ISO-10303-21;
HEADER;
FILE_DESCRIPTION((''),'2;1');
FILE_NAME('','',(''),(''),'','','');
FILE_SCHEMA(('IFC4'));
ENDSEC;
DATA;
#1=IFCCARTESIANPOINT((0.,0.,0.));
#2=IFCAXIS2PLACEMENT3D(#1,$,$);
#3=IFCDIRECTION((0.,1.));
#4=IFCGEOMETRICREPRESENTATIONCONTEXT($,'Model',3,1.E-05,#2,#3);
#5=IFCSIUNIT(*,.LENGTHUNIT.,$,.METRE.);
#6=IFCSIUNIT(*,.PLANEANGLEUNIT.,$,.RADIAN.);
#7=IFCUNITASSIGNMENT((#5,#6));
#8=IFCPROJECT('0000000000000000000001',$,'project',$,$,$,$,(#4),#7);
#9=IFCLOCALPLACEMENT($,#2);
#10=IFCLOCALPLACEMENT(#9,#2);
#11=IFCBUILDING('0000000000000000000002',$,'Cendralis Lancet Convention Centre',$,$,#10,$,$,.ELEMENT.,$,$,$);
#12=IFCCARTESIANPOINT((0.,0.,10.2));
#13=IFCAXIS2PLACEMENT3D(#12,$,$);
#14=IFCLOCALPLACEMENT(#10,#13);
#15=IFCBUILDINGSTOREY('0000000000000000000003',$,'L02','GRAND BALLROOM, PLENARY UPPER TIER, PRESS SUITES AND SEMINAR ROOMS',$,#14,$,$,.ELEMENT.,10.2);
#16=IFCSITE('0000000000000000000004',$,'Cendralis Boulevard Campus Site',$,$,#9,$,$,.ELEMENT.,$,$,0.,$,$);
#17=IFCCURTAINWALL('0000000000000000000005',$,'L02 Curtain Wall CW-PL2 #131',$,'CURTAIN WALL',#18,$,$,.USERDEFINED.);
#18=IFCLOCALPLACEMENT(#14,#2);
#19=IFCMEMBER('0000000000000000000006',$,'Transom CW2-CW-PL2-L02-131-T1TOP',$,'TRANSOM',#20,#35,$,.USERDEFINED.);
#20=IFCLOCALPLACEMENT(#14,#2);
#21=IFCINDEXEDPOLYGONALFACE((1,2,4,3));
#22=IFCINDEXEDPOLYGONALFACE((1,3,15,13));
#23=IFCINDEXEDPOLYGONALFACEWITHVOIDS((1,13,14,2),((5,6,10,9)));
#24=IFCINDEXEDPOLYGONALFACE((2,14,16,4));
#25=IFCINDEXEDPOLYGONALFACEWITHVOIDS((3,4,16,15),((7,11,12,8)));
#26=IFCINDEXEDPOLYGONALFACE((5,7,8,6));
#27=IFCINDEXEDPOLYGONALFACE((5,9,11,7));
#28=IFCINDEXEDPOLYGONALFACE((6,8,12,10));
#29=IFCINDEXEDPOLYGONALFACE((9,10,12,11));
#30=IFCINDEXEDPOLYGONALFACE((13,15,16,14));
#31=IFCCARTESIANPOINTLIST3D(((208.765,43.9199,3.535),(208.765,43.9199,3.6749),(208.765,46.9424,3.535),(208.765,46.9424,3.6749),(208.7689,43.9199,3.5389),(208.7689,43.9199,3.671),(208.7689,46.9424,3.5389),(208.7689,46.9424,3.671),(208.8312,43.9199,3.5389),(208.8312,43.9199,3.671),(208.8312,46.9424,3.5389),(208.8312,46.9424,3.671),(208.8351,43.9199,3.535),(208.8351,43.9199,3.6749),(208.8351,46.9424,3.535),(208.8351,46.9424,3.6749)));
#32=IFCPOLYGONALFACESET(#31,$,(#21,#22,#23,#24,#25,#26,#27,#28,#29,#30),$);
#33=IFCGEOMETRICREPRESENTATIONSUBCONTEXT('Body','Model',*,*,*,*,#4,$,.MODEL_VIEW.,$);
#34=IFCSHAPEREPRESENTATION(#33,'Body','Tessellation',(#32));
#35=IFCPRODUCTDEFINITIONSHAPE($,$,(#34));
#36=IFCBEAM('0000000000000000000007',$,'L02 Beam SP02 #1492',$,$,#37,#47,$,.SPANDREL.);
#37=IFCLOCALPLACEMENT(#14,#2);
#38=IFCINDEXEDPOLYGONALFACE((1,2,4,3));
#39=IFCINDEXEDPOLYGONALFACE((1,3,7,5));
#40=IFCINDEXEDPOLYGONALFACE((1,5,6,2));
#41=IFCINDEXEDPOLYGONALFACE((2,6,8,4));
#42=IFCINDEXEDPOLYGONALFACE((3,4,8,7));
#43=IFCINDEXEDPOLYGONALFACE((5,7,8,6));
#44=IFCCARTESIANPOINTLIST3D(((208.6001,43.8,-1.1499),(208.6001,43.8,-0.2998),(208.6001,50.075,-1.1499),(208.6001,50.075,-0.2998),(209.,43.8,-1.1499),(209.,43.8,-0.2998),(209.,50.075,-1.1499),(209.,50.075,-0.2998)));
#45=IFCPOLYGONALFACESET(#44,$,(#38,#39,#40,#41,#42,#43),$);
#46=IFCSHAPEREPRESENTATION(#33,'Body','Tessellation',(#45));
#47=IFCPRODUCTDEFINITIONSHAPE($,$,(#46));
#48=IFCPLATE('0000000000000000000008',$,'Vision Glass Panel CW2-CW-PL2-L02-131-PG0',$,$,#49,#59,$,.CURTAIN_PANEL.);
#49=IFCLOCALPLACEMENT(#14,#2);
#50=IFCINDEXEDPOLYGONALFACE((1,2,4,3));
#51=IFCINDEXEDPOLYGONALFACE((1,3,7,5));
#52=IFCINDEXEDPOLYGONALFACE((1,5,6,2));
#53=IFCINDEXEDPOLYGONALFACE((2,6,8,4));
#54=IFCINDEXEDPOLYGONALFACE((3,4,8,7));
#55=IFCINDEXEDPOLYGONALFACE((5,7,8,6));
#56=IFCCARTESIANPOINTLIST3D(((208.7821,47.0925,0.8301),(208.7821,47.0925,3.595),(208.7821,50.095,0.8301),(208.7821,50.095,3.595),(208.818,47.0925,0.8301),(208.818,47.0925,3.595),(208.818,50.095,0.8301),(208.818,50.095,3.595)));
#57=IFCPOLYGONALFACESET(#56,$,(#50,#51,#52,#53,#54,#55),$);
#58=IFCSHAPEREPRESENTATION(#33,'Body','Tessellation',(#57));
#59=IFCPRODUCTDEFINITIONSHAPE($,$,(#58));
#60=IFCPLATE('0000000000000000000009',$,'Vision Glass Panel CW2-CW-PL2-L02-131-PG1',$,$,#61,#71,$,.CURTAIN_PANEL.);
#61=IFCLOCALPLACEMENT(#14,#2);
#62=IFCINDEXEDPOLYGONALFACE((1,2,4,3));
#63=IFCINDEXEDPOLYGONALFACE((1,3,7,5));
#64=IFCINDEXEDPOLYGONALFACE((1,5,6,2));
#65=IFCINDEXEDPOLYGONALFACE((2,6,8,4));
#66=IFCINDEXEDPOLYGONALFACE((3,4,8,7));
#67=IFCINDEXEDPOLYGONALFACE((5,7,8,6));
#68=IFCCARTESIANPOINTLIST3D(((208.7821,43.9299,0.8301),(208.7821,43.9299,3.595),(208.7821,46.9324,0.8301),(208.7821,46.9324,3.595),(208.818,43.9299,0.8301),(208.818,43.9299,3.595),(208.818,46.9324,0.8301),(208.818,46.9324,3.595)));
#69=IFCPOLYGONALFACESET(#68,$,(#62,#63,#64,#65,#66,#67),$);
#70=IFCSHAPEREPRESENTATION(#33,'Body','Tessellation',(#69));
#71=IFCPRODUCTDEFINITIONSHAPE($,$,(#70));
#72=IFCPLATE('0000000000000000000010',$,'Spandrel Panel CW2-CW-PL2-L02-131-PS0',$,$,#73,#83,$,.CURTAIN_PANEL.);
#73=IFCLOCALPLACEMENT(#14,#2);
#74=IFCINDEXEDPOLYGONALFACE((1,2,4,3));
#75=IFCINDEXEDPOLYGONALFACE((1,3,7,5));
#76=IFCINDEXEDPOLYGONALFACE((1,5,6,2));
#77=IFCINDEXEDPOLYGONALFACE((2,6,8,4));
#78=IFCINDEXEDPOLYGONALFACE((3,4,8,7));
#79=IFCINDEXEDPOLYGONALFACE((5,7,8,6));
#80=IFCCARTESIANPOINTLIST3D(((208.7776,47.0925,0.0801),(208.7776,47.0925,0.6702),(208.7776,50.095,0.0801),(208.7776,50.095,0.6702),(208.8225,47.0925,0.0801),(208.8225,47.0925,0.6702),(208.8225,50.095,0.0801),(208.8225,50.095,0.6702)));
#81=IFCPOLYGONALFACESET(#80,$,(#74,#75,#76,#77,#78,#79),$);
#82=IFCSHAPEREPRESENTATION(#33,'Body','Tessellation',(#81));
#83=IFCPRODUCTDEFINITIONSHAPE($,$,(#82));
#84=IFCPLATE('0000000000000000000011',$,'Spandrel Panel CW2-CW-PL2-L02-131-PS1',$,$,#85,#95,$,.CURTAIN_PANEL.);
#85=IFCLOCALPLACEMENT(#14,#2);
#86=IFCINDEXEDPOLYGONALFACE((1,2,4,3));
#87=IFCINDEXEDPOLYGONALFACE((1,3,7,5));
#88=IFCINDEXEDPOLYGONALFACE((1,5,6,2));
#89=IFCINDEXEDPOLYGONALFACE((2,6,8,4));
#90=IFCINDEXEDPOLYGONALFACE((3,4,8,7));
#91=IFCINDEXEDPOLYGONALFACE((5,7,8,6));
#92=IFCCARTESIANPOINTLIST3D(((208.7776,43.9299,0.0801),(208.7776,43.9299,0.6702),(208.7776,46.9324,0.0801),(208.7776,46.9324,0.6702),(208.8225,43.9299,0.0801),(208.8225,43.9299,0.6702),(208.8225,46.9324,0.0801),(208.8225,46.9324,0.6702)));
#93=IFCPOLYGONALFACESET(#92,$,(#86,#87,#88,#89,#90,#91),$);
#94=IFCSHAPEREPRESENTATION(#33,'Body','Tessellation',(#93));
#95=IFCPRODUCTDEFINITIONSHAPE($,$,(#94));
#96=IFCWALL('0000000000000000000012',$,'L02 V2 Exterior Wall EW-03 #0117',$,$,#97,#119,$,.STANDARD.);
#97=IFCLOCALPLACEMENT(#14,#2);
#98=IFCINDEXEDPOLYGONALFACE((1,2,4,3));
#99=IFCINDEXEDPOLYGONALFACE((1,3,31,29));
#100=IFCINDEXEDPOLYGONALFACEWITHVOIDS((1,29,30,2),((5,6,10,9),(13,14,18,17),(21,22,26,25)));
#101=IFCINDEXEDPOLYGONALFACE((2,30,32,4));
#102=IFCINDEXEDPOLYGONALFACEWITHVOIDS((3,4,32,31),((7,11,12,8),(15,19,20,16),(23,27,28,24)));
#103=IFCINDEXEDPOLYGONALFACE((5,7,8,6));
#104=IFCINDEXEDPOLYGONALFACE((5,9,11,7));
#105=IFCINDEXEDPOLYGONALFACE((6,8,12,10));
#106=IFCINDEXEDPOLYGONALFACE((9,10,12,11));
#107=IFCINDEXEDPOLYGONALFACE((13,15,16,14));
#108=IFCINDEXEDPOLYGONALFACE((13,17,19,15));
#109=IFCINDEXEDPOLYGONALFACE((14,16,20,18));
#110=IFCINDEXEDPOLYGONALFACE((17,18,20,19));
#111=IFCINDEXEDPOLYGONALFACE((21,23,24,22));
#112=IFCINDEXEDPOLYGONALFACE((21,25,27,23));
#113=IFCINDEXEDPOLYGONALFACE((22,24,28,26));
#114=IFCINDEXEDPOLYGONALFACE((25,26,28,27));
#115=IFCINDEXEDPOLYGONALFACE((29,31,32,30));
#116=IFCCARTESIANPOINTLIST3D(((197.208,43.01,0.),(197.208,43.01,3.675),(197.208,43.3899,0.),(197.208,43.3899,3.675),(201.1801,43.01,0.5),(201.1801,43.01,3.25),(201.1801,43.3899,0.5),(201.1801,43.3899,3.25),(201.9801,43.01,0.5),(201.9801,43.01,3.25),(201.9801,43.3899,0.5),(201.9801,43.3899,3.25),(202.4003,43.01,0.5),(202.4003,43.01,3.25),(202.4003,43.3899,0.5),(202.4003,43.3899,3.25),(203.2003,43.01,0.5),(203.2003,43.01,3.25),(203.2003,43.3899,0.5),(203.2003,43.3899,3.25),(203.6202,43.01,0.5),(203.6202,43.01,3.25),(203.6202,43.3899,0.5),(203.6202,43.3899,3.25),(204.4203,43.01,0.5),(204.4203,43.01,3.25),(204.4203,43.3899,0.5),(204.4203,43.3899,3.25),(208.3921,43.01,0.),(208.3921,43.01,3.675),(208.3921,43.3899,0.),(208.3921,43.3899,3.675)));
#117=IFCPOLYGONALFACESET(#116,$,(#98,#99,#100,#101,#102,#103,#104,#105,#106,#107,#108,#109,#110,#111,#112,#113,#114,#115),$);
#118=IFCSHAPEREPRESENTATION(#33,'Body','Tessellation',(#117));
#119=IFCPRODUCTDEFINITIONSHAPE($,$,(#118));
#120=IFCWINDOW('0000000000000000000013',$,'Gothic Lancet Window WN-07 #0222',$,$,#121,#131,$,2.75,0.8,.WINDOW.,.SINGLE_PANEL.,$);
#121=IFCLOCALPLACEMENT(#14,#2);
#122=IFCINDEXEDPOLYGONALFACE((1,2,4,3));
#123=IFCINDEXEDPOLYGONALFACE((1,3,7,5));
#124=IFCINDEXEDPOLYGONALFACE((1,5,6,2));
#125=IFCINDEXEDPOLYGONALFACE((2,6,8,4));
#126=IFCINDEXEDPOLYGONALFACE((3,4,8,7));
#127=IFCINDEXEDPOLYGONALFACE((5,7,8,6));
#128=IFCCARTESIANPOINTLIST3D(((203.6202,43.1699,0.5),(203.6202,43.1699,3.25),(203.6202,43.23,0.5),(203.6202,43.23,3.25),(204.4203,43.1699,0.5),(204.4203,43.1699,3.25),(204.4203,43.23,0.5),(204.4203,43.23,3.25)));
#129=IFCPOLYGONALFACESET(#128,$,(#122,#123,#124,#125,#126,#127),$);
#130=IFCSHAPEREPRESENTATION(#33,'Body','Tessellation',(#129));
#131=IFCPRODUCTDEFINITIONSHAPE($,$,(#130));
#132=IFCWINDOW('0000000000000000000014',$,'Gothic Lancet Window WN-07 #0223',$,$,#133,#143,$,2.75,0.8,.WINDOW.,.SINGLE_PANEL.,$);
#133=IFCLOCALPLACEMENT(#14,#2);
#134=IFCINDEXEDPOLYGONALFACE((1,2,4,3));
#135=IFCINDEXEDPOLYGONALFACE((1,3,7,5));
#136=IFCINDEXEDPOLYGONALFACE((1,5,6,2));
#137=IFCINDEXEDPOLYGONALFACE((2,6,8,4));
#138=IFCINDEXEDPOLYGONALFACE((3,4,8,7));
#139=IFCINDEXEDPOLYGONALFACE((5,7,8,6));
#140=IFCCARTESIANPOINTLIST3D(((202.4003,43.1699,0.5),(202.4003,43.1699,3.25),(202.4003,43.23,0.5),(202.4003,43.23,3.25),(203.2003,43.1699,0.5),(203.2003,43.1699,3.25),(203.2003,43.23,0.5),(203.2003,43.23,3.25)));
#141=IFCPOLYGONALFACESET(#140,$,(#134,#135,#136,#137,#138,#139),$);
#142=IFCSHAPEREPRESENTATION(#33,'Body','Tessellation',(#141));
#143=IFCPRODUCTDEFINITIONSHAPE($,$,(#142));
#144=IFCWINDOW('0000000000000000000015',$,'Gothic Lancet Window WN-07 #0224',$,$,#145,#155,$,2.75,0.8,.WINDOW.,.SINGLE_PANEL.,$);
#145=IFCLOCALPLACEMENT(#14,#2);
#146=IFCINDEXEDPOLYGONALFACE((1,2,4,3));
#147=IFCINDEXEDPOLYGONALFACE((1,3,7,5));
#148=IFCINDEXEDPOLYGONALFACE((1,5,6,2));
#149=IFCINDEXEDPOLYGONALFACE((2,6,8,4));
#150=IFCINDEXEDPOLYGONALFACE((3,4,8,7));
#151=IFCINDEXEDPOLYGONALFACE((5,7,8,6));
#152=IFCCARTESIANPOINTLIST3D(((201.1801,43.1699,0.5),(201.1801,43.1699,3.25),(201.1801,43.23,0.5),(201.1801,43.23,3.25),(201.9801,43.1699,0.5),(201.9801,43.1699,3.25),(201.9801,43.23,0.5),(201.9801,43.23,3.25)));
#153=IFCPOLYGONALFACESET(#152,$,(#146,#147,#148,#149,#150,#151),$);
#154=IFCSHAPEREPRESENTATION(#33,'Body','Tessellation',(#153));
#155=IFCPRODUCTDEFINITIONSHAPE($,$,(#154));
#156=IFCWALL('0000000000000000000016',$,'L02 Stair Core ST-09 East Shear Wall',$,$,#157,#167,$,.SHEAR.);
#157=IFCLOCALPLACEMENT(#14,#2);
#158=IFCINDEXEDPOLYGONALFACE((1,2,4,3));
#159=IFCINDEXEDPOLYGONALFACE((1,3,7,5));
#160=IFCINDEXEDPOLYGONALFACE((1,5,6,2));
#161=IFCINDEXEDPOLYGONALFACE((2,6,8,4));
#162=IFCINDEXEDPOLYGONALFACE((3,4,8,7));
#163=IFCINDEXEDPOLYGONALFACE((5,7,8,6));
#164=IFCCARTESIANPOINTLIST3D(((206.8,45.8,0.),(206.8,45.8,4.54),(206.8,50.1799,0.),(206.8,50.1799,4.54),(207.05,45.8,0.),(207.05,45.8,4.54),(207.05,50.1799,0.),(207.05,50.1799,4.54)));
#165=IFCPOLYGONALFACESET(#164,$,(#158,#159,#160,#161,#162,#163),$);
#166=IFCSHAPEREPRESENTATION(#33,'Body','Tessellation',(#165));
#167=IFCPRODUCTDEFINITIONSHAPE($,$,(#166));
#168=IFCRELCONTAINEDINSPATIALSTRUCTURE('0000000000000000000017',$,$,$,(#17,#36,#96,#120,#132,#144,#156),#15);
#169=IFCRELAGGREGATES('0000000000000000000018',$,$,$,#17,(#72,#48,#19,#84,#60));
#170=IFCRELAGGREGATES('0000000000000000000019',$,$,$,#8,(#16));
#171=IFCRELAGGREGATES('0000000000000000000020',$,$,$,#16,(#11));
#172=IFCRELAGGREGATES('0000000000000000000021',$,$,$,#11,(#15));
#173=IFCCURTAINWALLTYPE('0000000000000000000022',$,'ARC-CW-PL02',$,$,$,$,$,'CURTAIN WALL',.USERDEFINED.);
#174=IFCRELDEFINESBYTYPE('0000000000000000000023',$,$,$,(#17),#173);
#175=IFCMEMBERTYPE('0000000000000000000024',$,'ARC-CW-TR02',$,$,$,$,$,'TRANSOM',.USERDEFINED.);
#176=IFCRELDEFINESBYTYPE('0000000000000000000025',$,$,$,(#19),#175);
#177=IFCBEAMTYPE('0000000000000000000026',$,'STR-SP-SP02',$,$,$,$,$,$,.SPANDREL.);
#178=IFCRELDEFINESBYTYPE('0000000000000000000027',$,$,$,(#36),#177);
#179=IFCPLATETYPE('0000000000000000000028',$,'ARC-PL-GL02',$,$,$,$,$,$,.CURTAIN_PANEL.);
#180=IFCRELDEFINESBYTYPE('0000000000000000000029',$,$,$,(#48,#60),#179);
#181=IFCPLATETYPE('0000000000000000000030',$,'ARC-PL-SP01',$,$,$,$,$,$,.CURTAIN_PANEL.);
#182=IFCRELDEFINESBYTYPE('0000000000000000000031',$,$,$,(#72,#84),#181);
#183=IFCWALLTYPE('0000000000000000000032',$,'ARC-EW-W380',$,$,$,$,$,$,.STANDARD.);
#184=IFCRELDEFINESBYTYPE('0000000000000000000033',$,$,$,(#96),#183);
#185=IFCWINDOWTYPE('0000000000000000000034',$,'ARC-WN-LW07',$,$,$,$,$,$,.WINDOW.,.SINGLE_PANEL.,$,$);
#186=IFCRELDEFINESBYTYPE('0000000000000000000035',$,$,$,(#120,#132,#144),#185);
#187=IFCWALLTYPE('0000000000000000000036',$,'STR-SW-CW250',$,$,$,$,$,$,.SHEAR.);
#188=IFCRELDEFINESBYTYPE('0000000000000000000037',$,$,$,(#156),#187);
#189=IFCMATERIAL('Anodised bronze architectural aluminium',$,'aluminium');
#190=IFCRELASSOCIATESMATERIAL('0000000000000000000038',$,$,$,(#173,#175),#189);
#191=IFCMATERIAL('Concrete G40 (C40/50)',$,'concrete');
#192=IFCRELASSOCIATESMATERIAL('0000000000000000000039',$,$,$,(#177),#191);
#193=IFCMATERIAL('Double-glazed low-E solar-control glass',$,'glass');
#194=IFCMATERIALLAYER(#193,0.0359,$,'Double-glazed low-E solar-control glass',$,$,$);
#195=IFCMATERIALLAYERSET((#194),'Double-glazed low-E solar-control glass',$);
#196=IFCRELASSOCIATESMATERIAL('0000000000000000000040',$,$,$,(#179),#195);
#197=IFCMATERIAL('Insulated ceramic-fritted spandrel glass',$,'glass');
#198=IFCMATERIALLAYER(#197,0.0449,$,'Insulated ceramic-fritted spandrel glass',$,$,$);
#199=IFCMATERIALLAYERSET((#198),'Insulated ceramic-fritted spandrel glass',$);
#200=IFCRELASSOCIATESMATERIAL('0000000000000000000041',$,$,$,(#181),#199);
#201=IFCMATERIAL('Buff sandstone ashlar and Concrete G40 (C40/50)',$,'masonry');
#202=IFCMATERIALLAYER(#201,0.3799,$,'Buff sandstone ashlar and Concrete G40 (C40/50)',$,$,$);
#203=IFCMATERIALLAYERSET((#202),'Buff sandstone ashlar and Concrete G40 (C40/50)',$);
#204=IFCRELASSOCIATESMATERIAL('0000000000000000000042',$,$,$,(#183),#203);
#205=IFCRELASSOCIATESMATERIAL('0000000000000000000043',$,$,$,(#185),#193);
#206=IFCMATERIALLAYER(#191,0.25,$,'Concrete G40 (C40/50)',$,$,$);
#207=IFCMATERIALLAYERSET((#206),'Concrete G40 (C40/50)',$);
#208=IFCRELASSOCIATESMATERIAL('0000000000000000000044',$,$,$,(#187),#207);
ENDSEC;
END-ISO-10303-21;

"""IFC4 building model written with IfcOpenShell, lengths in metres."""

from ifc_helpers import new_model, si_unit, direction, frame, frame_2d, origin, origin_2d, place, context, subcontext, project, spatial, rectangle, hollow_rectangle, extrude, material, layer, layer_set, material_profile, profile_set, type_object, element, fill, aggregate, save


model = new_model("IFC4")

# Units and contexts
model_context = context("Model", 3, precision=1e-05, world=origin(), true_north=direction((0.0, 1.0)))
body_context = subcontext(model_context, "Body", "Model", "MODEL_VIEW")
ifc_project = project(units=[si_unit("LENGTHUNIT", "METRE"), si_unit("PLANEANGLEUNIT", "RADIAN")], contexts=[model_context])

# Site, building, storey
site_placement = place(None, origin())
site = spatial("IfcSite", under=ifc_project, at=site_placement, Name="Cendralis Boulevard Campus Site", CompositionType="ELEMENT", RefElevation=0.0)
building_placement = place(site_placement, origin())
building = spatial("IfcBuilding", under=site, at=building_placement, Name="Cendralis Lancet Convention Centre", CompositionType="ELEMENT")
storey_placement = place(building_placement, frame((0.0, 0.0, 10.2)))
storey = spatial("IfcBuildingStorey", under=building, at=storey_placement, Name="L02", Description="GRAND BALLROOM, PLENARY UPPER TIER, PRESS SUITES AND SEMINAR ROOMS", CompositionType="ELEMENT", Elevation=10.2)

# Shared definitions
ifc_material_1 = material(Name="Concrete G40 (C40/50)", Category="concrete")

# Curtain wall, member
ifc_material_2 = material(Name="Anodised bronze architectural aluminium", Category="aluminium")
curtain_wall_type = type_object("IfcCurtainWallType", Name="ARC-CW-PL02", ElementType="CURTAIN WALL", PredefinedType="USERDEFINED", material=ifc_material_2)
curtain_wall_placement = place(storey_placement, origin())
curtain_wall = element("IfcCurtainWall", 1, at=curtain_wall_placement, inside=storey, type_object=curtain_wall_type, Name="L02 Curtain Wall CW-PL2 #131", ObjectType="CURTAIN WALL", PredefinedType="USERDEFINED")
ifc_material_profile_1 = material_profile(ifc_material_2, hollow_rectangle(XDim=0.0701, YDim=0.1399, WallThickness=0.0039, at=origin_2d()), Name="AL-TRAN 70x140x4.0")
ifc_profile_set_1 = profile_set([ifc_material_profile_1], Name="Anodised bronze architectural aluminium")
member_type_1 = type_object("IfcMemberType", Name="ARC-CW-TR02", ElementType="TRANSOM", PredefinedType="USERDEFINED", material=ifc_profile_set_1)
member_1_placement = place(storey_placement, frame((208.8, 46.9424, 3.605), z_axis=(0.0, -1.0, 0.0), x_axis=(1.0, 0.0, 0.0)))
member_1 = element("IfcMember", 2, at=member_1_placement, type_object=member_type_1, Name="Transom CW2-CW-PL2-L02-131-T1TOP", ObjectType="TRANSOM", PredefinedType="USERDEFINED", context=body_context, shape_type="SweptSolid", body=[
    extrude(hollow_rectangle(XDim=0.0701, YDim=0.1399, WallThickness=0.0039, at=origin_2d()), origin(), (0.0, 0.0, 1.0), 3.0225),
])

# Beam
ifc_material_profile_2 = material_profile(ifc_material_1, rectangle(XDim=0.3999, YDim=0.8501, at=origin_2d()), Name="RCB 400x850")
ifc_profile_set_2 = profile_set([ifc_material_profile_2], Name="Concrete G40 (C40/50)")
beam_type = type_object("IfcBeamType", Name="STR-SP-SP02", PredefinedType="SPANDREL", material=ifc_profile_set_2)
beam_placement = place(storey_placement, frame((208.8, 43.8, -0.7249), z_axis=(0.0, 1.0, 0.0), x_axis=(-1.0, 0.0, 0.0)))
element("IfcBeam", 3, at=beam_placement, inside=storey, type_object=beam_type, Name="L02 Beam SP02 #1492", PredefinedType="SPANDREL", context=body_context, shape_type="SweptSolid", body=[
    extrude(rectangle(XDim=0.3999, YDim=0.8501, at=origin_2d()), origin(), (0.0, 0.0, 1.0), 6.2749),
])

# Plates
ifc_material_3 = material(Name="Double-glazed low-E solar-control glass", Category="glass")
ifc_layer_1 = layer(ifc_material_3, 0.0359, Name="Double-glazed low-E solar-control glass")
ifc_layer_set_1 = layer_set([ifc_layer_1], Name="Double-glazed low-E solar-control glass")
plate_type_1 = type_object("IfcPlateType", Name="ARC-PL-GL02", PredefinedType="CURTAIN_PANEL", material=ifc_layer_set_1)
plate_1_placement = place(storey_placement, frame((208.8, 48.5938, 0.8301), z_axis=(0.0, 0.0, 1.0), x_axis=(0.0, -1.0, 0.0)))
plate_1 = element("IfcPlate", 4, at=plate_1_placement, type_object=plate_type_1, Name="Vision Glass Panel CW2-CW-PL2-L02-131-PG0", PredefinedType="CURTAIN_PANEL", context=body_context, shape_type="SweptSolid", body=[
    extrude(rectangle(XDim=3.0024, YDim=0.0359, at=origin_2d()), origin(), (0.0, 0.0, 1.0), 2.7649),
])
plate_2_placement = place(storey_placement, frame((208.8, 45.4312, 0.8301), z_axis=(0.0, 0.0, 1.0), x_axis=(0.0, -1.0, 0.0)))
plate_2 = element("IfcPlate", 5, at=plate_2_placement, type_object=plate_type_1, Name="Vision Glass Panel CW2-CW-PL2-L02-131-PG1", PredefinedType="CURTAIN_PANEL", context=body_context, shape_type="SweptSolid", body=[
    extrude(rectangle(XDim=3.0024, YDim=0.0359, at=origin_2d()), origin(), (0.0, 0.0, 1.0), 2.7649),
])
ifc_material_4 = material(Name="Insulated ceramic-fritted spandrel glass", Category="glass")
ifc_layer_2 = layer(ifc_material_4, 0.0449, Name="Insulated ceramic-fritted spandrel glass")
ifc_layer_set_2 = layer_set([ifc_layer_2], Name="Insulated ceramic-fritted spandrel glass")
plate_type_2 = type_object("IfcPlateType", Name="ARC-PL-SP01", PredefinedType="CURTAIN_PANEL", material=ifc_layer_set_2)
plate_3_placement = place(storey_placement, frame((208.8, 48.5938, 0.0801), z_axis=(0.0, 0.0, 1.0), x_axis=(0.0, -1.0, 0.0)))
plate_3 = element("IfcPlate", 6, at=plate_3_placement, type_object=plate_type_2, Name="Spandrel Panel CW2-CW-PL2-L02-131-PS0", PredefinedType="CURTAIN_PANEL", context=body_context, shape_type="SweptSolid", body=[
    extrude(rectangle(XDim=3.0024, YDim=0.0449, at=origin_2d()), origin(), (0.0, 0.0, 1.0), 0.5901),
])
plate_4_placement = place(storey_placement, frame((208.8, 45.4312, 0.0801), z_axis=(0.0, 0.0, 1.0), x_axis=(0.0, -1.0, 0.0)))
plate_4 = element("IfcPlate", 7, at=plate_4_placement, type_object=plate_type_2, Name="Spandrel Panel CW2-CW-PL2-L02-131-PS1", PredefinedType="CURTAIN_PANEL", context=body_context, shape_type="SweptSolid", body=[
    extrude(rectangle(XDim=3.0024, YDim=0.0449, at=origin_2d()), origin(), (0.0, 0.0, 1.0), 0.5901),
])
aggregate(curtain_wall, [plate_3, plate_1, member_1, plate_4, plate_2])

# Wall, openings, windows
ifc_material_5 = material(Name="Buff sandstone ashlar and Concrete G40 (C40/50)", Category="masonry")
ifc_layer_3 = layer(ifc_material_5, 0.3799, Name="Buff sandstone ashlar and Concrete G40 (C40/50)")
ifc_layer_set_3 = layer_set([ifc_layer_3], Name="Buff sandstone ashlar and Concrete G40 (C40/50)")
wall_type_1 = type_object("IfcWallType", Name="ARC-EW-W380", PredefinedType="STANDARD", material=ifc_layer_set_3)
wall_1_placement = place(storey_placement, frame((208.3921, 43.2, 0.0), z_axis=(0.0, 0.0, 1.0), x_axis=(-1.0, 0.0, 0.0)))
wall_1 = element("IfcWall", 8, at=wall_1_placement, inside=storey, type_object=wall_type_1, Name="L02 V2 Exterior Wall EW-03 #0117", PredefinedType="STANDARD", context=body_context, shape_type="SweptSolid", body=[
    extrude(rectangle(XDim=11.1841, YDim=0.3799, at=frame_2d((5.592, 0.0))), origin(), (0.0, 0.0, 1.0), 3.675),
])
opening_1_placement = place(wall_1_placement, frame((3.9719, 0.0, 0.5)))
opening_1 = element("IfcOpeningElement", 9, at=opening_1_placement, cuts=wall_1, PredefinedType="OPENING", context=body_context, shape_type="SweptSolid", body=[
    extrude(rectangle(XDim=0.8, YDim=2.75, at=frame_2d((0.3999, 1.375))), frame((0.0, 0.2, 0.0), z_axis=(0.0, -1.0, 0.0), x_axis=(1.0, 0.0, 0.0)), (0.0, 0.0, 1.0), 0.3999),
])
opening_2_placement = place(wall_1_placement, frame((5.1919, 0.0, 0.5)))
opening_2 = element("IfcOpeningElement", 10, at=opening_2_placement, cuts=wall_1, PredefinedType="OPENING", context=body_context, shape_type="SweptSolid", body=[
    extrude(rectangle(XDim=0.8, YDim=2.75, at=frame_2d((0.3999, 1.375))), frame((0.0, 0.2, 0.0), z_axis=(0.0, -1.0, 0.0), x_axis=(1.0, 0.0, 0.0)), (0.0, 0.0, 1.0), 0.3999),
])
opening_3_placement = place(wall_1_placement, frame((6.4121, 0.0, 0.5)))
opening_3 = element("IfcOpeningElement", 11, at=opening_3_placement, cuts=wall_1, PredefinedType="OPENING", context=body_context, shape_type="SweptSolid", body=[
    extrude(rectangle(XDim=0.8, YDim=2.75, at=frame_2d((0.3999, 1.375))), frame((0.0, 0.2, 0.0), z_axis=(0.0, -1.0, 0.0), x_axis=(1.0, 0.0, 0.0)), (0.0, 0.0, 1.0), 0.3999),
])
window_type = type_object("IfcWindowType", Name="ARC-WN-LW07", PartitioningType="SINGLE_PANEL", PredefinedType="WINDOW", material=ifc_material_3)
window_1_placement = place(opening_1_placement, origin())
window_1 = element("IfcWindow", 12, at=window_1_placement, inside=storey, type_object=window_type, Name="Gothic Lancet Window WN-07 #0222", OverallHeight=2.75, OverallWidth=0.8, PartitioningType="SINGLE_PANEL", PredefinedType="WINDOW", context=body_context, shape_type="SweptSolid", body=[
    extrude(rectangle(XDim=0.8, YDim=2.75, at=frame_2d((0.3999, 1.375))), frame((0.0, 0.03, 0.0), z_axis=(0.0, -1.0, 0.0), x_axis=(1.0, 0.0, 0.0)), (0.0, 0.0, 1.0), 0.0601),
])
fill(opening_1, window_1)
window_2_placement = place(opening_2_placement, origin())
window_2 = element("IfcWindow", 13, at=window_2_placement, inside=storey, type_object=window_type, Name="Gothic Lancet Window WN-07 #0223", OverallHeight=2.75, OverallWidth=0.8, PartitioningType="SINGLE_PANEL", PredefinedType="WINDOW", context=body_context, shape_type="SweptSolid", body=[
    extrude(rectangle(XDim=0.8, YDim=2.75, at=frame_2d((0.3999, 1.375))), frame((0.0, 0.03, 0.0), z_axis=(0.0, -1.0, 0.0), x_axis=(1.0, 0.0, 0.0)), (0.0, 0.0, 1.0), 0.0601),
])
fill(opening_2, window_2)
window_3_placement = place(opening_3_placement, origin())
window_3 = element("IfcWindow", 14, at=window_3_placement, inside=storey, type_object=window_type, Name="Gothic Lancet Window WN-07 #0224", OverallHeight=2.75, OverallWidth=0.8, PartitioningType="SINGLE_PANEL", PredefinedType="WINDOW", context=body_context, shape_type="SweptSolid", body=[
    extrude(rectangle(XDim=0.8, YDim=2.75, at=frame_2d((0.3999, 1.375))), frame((0.0, 0.03, 0.0), z_axis=(0.0, -1.0, 0.0), x_axis=(1.0, 0.0, 0.0)), (0.0, 0.0, 1.0), 0.0601),
])
fill(opening_3, window_3)

# Wall
ifc_layer_4 = layer(ifc_material_1, 0.25, Name="Concrete G40 (C40/50)")
ifc_layer_set_4 = layer_set([ifc_layer_4], Name="Concrete G40 (C40/50)")
wall_type_2 = type_object("IfcWallType", Name="STR-SW-CW250", PredefinedType="SHEAR", material=ifc_layer_set_4)
wall_2_placement = place(storey_placement, frame((206.925, 45.8, 0.0), z_axis=(0.0, 0.0, 1.0), x_axis=(0.0, 1.0, 0.0)))
element("IfcWall", 15, at=wall_2_placement, inside=storey, type_object=wall_type_2, Name="L02 Stair Core ST-09 East Shear Wall", PredefinedType="SHEAR", context=body_context, shape_type="SweptSolid", body=[
    extrude(rectangle(XDim=4.3799, YDim=0.25, at=frame_2d((2.1899, 0.0))), origin(), (0.0, 0.0, 1.0), 4.54),
])

save(model, "model.ifc")
